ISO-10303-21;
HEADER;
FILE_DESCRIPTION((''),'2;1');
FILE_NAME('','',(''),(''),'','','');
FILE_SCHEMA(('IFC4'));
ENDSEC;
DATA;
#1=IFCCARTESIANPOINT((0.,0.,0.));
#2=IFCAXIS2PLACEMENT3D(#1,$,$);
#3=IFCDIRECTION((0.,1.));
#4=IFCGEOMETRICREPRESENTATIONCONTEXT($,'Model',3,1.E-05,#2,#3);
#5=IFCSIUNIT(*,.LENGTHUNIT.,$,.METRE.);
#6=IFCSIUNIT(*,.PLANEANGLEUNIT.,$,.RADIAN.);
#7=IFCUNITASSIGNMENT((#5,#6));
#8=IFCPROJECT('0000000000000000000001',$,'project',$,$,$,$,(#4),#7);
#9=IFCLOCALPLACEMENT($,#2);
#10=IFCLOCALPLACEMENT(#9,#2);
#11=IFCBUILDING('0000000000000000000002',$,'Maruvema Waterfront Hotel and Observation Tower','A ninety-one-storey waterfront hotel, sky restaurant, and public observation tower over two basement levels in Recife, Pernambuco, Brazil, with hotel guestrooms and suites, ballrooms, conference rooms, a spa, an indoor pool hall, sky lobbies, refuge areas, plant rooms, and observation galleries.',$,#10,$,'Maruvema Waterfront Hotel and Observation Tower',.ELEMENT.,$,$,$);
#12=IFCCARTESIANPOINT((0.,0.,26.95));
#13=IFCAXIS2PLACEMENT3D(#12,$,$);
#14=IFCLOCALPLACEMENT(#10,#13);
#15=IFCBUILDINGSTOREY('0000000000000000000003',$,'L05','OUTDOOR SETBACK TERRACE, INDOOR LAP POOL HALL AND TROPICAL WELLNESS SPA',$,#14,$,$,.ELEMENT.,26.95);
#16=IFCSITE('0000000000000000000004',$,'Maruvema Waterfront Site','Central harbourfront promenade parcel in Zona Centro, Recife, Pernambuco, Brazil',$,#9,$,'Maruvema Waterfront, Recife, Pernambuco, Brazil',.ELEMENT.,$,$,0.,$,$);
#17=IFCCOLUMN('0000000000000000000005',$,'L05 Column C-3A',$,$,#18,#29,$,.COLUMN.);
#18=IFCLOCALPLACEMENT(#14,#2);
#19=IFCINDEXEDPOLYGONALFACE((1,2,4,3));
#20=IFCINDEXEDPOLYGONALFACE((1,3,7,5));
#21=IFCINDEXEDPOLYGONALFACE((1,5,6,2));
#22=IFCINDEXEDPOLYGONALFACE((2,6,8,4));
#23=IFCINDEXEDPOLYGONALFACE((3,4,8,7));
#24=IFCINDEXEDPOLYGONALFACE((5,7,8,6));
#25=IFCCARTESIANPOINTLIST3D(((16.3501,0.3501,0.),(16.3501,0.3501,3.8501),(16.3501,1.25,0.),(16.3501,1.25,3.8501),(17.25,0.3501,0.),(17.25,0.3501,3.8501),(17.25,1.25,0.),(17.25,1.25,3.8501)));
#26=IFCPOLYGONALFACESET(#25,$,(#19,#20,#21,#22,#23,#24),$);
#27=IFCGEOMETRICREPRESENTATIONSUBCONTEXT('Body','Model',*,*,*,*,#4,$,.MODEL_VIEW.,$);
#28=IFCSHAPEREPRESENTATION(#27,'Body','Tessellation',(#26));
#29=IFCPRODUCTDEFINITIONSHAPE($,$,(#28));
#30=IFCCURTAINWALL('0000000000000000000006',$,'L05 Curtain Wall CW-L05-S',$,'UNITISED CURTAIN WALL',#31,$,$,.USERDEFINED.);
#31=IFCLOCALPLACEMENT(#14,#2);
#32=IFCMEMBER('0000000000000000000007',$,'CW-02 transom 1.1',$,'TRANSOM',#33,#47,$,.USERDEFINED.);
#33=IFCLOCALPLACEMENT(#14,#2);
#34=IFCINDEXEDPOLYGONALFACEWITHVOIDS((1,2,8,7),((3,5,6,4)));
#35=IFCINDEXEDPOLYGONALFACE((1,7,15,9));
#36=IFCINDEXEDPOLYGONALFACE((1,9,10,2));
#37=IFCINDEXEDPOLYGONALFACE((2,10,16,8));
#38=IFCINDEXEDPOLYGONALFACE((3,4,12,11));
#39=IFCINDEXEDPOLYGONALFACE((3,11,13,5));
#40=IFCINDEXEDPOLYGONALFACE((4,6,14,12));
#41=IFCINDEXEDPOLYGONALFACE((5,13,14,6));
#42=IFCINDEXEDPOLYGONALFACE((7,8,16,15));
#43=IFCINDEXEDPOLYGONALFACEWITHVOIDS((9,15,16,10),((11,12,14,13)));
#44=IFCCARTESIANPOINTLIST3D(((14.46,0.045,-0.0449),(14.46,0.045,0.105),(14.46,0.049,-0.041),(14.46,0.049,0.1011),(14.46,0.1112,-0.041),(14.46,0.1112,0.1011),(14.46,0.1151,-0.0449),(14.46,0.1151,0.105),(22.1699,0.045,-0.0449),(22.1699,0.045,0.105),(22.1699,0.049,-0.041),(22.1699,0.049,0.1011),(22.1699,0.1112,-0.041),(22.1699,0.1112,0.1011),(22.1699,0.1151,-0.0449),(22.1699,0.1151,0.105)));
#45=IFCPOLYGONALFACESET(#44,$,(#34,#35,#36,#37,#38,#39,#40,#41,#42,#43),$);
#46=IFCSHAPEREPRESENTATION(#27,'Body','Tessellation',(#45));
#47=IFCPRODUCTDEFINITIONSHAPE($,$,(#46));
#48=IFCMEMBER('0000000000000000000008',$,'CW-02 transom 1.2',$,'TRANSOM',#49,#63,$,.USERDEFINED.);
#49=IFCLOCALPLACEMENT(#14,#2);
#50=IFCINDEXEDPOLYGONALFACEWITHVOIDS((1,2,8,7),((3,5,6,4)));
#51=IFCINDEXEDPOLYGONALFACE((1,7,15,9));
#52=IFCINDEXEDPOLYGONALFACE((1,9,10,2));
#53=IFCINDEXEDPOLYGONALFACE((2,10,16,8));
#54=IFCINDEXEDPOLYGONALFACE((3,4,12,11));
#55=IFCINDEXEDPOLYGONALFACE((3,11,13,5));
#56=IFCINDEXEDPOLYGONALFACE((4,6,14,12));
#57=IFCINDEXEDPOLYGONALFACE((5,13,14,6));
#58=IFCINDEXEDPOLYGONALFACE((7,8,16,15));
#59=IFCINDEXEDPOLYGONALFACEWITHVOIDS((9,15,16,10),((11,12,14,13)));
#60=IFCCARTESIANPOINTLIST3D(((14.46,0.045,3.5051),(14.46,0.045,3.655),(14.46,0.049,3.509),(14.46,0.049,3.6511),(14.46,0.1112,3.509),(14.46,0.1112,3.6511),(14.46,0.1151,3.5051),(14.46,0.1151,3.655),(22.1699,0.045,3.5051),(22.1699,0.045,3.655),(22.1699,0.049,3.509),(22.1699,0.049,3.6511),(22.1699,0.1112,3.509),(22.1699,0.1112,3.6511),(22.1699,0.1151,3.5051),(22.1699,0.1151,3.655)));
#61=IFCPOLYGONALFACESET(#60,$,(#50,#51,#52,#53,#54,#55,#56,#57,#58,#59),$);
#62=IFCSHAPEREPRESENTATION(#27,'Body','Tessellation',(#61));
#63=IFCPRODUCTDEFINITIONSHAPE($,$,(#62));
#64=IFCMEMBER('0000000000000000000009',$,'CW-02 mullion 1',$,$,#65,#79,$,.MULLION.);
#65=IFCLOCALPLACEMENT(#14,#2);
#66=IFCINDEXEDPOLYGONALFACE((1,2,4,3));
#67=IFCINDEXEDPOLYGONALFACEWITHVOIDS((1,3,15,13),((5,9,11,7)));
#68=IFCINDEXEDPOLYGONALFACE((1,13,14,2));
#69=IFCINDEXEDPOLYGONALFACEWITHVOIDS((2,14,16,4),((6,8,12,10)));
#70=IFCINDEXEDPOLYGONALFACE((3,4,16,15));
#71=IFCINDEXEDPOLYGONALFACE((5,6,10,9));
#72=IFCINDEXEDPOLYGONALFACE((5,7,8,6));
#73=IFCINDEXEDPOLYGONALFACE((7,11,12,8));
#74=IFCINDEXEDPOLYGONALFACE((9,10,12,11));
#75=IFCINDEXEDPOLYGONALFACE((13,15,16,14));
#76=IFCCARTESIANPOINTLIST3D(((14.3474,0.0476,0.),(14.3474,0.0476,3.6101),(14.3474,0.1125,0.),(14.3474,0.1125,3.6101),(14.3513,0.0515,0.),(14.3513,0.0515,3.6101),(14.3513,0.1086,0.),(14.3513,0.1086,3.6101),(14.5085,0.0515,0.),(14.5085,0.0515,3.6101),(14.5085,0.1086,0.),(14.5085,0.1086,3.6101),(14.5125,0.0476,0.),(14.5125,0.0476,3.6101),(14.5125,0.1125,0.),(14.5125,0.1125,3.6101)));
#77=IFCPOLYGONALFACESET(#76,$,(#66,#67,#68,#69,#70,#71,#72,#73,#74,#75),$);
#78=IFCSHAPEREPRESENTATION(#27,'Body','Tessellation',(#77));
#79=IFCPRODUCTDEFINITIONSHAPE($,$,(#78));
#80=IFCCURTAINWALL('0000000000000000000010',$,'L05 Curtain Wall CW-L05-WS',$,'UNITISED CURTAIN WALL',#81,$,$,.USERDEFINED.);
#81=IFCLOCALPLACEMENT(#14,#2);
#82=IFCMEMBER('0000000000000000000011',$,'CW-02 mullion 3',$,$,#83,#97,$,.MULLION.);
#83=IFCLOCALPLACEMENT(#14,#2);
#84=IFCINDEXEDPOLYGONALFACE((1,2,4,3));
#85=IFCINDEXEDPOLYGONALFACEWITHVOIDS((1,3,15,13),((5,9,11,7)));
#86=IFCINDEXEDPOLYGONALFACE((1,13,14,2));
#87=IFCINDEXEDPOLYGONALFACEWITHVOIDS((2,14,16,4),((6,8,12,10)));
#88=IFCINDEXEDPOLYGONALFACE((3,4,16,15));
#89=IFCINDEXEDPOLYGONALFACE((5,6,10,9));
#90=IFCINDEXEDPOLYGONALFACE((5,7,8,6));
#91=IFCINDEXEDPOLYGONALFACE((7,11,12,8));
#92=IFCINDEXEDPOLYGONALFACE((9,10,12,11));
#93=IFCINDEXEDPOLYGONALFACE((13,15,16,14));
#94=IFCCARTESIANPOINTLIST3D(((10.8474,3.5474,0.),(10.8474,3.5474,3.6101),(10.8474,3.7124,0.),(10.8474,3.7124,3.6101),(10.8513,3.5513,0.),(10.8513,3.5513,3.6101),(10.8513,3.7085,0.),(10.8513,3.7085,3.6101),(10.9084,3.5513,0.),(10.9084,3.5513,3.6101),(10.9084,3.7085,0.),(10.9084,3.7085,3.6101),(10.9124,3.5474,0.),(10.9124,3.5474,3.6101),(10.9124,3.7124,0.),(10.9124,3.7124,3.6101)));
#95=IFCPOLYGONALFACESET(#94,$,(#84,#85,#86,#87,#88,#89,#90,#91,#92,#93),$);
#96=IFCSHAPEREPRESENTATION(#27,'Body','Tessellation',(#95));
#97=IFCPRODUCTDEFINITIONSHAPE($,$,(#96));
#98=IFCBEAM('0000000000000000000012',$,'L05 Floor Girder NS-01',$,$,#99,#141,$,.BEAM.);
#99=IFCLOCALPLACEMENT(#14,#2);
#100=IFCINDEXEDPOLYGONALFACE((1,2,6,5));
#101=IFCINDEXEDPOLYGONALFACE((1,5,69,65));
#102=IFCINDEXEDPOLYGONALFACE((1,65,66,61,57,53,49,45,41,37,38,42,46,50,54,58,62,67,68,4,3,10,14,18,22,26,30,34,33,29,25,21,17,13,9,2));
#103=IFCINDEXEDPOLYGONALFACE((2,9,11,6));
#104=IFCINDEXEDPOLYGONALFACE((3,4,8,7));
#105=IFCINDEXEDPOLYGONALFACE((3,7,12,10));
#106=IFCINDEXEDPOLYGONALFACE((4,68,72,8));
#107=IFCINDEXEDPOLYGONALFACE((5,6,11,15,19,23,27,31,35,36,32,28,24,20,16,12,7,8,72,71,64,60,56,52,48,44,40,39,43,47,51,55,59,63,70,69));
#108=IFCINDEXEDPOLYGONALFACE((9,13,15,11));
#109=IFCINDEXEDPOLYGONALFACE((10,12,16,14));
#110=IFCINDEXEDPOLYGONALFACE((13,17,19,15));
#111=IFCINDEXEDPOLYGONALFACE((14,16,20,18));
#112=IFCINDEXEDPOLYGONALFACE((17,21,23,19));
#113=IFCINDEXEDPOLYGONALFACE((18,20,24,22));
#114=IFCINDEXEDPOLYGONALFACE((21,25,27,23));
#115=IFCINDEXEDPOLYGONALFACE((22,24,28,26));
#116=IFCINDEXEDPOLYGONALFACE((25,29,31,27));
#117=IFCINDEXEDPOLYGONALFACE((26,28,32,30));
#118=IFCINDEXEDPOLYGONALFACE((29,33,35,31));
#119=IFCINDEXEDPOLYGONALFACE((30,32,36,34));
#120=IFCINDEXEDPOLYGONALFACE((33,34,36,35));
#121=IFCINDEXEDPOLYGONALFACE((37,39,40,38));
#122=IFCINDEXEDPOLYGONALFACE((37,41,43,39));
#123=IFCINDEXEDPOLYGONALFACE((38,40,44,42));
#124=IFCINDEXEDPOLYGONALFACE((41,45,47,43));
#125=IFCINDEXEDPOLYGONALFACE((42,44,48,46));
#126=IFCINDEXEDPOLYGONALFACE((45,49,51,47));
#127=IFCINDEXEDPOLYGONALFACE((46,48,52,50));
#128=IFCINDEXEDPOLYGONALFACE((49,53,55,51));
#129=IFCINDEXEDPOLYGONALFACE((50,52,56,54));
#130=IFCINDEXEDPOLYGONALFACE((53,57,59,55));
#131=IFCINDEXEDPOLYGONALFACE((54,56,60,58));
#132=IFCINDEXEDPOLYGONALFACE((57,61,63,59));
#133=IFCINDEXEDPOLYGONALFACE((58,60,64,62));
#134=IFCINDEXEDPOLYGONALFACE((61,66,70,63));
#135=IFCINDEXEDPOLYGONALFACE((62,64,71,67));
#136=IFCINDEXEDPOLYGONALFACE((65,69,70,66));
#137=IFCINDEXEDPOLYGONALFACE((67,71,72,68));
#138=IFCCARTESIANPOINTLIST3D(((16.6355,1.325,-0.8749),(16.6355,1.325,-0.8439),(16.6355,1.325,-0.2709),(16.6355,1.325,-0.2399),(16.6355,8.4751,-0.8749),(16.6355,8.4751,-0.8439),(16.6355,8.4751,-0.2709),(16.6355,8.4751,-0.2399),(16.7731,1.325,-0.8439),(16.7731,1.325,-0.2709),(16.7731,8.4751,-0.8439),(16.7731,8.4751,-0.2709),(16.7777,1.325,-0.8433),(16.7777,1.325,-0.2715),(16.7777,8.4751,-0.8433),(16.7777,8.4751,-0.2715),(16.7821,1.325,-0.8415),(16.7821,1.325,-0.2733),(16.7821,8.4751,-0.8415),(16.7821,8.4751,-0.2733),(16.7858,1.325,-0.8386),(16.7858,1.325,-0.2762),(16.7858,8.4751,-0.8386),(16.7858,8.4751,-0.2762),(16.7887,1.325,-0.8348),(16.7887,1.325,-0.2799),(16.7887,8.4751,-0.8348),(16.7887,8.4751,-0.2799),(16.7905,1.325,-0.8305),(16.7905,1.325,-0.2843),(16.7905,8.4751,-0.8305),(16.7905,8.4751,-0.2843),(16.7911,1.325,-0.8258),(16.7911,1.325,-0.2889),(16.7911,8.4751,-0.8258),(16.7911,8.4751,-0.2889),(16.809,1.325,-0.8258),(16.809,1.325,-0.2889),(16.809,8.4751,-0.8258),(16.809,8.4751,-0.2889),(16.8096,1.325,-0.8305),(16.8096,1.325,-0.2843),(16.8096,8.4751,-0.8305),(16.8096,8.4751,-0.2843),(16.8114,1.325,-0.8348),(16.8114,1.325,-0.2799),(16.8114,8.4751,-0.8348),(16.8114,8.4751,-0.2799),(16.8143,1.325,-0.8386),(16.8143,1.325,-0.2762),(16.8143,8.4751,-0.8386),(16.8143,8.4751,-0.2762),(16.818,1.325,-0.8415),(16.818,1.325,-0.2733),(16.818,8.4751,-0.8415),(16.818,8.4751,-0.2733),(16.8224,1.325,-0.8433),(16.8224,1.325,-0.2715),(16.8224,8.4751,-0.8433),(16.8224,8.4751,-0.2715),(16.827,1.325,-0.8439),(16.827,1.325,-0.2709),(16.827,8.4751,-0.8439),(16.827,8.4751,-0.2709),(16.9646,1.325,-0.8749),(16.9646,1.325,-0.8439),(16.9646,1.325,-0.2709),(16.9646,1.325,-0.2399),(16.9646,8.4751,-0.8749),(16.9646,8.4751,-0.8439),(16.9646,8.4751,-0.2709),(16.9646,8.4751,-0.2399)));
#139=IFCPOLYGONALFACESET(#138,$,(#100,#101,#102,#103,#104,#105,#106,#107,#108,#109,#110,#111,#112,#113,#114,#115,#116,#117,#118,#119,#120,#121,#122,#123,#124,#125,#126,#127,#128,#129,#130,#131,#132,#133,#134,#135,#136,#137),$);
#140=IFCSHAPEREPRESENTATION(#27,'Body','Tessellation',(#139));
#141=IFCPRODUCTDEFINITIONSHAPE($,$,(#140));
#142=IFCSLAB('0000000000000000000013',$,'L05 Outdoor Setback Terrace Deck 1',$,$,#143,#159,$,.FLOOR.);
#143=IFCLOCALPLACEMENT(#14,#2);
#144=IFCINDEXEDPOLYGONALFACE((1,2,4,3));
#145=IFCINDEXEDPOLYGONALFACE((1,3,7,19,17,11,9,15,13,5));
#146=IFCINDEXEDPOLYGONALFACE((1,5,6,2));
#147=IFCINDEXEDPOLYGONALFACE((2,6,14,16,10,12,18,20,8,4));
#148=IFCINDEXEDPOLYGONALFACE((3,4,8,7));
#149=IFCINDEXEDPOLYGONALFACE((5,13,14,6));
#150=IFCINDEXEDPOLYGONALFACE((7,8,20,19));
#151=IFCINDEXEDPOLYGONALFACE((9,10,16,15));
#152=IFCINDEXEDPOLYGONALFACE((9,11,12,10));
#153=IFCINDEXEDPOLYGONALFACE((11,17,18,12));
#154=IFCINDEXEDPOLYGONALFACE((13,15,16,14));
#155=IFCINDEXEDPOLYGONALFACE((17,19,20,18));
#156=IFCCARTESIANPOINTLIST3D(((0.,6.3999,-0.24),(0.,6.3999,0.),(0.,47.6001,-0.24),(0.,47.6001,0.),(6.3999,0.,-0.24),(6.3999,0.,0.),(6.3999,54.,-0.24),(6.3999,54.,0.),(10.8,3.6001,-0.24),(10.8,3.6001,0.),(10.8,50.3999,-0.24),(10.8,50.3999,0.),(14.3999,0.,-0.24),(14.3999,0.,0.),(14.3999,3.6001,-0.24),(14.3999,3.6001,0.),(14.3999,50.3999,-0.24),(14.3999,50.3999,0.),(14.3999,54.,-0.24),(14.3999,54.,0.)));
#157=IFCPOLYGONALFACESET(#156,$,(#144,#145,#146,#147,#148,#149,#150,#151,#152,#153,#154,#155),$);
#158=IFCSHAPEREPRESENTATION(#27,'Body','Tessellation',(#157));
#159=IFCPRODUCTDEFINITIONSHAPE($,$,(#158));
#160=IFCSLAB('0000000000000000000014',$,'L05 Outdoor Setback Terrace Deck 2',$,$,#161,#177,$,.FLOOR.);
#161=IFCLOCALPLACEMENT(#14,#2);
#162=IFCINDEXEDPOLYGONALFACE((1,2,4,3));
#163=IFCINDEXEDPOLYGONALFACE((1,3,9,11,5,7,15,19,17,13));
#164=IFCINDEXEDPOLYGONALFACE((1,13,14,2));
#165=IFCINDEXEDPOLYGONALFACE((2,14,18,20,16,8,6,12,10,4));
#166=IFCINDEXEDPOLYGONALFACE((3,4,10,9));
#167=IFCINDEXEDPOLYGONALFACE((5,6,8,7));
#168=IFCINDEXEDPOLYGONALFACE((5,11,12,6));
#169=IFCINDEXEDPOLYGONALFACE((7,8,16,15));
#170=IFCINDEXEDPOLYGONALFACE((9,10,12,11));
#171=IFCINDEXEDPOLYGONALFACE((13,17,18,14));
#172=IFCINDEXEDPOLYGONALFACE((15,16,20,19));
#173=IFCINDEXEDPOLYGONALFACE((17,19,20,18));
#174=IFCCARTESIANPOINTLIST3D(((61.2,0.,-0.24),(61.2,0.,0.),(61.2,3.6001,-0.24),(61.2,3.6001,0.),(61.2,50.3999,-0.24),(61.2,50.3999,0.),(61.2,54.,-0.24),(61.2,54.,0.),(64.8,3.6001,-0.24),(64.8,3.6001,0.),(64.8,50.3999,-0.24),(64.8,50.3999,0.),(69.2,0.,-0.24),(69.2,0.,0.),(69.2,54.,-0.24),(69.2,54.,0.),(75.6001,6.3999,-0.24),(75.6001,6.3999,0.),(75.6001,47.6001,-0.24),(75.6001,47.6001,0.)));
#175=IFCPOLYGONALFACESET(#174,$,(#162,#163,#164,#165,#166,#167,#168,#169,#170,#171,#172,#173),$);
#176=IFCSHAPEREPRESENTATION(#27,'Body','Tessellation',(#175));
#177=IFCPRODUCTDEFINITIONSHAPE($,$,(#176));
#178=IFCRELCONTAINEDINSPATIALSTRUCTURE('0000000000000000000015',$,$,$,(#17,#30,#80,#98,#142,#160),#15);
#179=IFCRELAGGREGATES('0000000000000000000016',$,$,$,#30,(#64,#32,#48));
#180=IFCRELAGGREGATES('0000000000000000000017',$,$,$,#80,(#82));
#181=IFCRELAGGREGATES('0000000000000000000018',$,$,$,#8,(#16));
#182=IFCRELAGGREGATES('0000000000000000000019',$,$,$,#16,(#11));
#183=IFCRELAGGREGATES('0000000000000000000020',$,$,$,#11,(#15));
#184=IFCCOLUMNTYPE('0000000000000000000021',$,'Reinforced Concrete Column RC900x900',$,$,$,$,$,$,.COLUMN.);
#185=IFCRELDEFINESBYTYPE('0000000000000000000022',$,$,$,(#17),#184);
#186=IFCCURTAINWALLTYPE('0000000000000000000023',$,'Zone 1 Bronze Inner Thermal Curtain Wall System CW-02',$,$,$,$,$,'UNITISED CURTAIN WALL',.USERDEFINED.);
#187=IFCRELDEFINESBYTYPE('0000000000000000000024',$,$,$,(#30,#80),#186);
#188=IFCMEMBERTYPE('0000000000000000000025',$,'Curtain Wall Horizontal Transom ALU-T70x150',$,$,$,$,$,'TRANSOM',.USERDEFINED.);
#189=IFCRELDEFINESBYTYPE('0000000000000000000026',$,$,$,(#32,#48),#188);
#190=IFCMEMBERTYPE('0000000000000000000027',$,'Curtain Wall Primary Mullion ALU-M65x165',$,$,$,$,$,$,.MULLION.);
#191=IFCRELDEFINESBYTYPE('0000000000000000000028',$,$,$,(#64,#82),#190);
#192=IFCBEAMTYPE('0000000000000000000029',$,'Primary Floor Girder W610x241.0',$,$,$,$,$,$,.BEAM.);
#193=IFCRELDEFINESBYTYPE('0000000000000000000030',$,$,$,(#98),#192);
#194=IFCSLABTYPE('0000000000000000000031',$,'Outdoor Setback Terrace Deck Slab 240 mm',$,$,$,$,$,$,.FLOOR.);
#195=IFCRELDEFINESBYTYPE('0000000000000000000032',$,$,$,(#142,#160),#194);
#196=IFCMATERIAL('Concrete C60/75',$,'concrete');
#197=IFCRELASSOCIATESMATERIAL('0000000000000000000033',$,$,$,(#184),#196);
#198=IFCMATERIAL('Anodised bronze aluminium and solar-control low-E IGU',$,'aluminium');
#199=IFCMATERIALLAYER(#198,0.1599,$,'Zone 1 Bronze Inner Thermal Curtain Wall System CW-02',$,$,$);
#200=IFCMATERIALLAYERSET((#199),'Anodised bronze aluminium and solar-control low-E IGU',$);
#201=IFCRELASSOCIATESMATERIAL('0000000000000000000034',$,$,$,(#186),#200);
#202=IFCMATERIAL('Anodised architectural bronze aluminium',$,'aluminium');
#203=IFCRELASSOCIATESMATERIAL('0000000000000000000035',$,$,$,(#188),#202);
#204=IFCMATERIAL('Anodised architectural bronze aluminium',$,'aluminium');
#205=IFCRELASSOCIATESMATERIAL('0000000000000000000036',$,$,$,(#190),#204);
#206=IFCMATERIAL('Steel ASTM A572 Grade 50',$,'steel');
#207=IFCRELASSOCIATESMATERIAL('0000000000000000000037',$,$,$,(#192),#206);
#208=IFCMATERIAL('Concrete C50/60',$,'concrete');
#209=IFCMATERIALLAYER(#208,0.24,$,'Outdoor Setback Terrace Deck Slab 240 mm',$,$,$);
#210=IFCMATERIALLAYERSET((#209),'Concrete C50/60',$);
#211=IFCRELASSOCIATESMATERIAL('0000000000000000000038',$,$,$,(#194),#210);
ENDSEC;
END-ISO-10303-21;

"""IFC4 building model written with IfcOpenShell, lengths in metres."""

from ifc_helpers import new_model, si_unit, direction, frame, origin, origin_2d, place, context, subcontext, project, spatial, polyline, rectangle, hollow_rectangle, i_section, outline, extrude, material, layer, layer_set, material_profile, profile_set, type_object, element, aggregate, save


model = new_model("IFC4")

# Units and contexts
model_context = context("Model", 3, precision=1e-05, world=origin(), true_north=direction((0.0, 1.0)))
body_context = subcontext(model_context, "Body", "Model", "MODEL_VIEW")
ifc_project = project(units=[si_unit("LENGTHUNIT", "METRE"), si_unit("PLANEANGLEUNIT", "RADIAN")], contexts=[model_context])

# Site, building, storey
site_placement = place(None, origin())
site = spatial("IfcSite", under=ifc_project, at=site_placement, Name="Maruvema Waterfront Site", Description="Central harbourfront promenade parcel in Zona Centro, Recife, Pernambuco, Brazil", LongName="Maruvema Waterfront, Recife, Pernambuco, Brazil", CompositionType="ELEMENT", RefElevation=0.0)
building_placement = place(site_placement, origin())
building = spatial("IfcBuilding", under=site, at=building_placement, Name="Maruvema Waterfront Hotel and Observation Tower", Description="A ninety-one-storey waterfront hotel, sky restaurant, and public observation tower over two basement levels in Recife, Pernambuco, Brazil, with hotel guestrooms and suites, ballrooms, conference rooms, a spa, an indoor pool hall, sky lobbies, refuge areas, plant rooms, and observation galleries.", LongName="Maruvema Waterfront Hotel and Observation Tower", CompositionType="ELEMENT")
storey_placement = place(building_placement, frame((0.0, 0.0, 26.95)))
storey = spatial("IfcBuildingStorey", under=building, at=storey_placement, Name="L05", Description="OUTDOOR SETBACK TERRACE, INDOOR LAP POOL HALL AND TROPICAL WELLNESS SPA", CompositionType="ELEMENT", Elevation=26.95)

# Column
ifc_material_1 = material(Name="Concrete C60/75", Category="concrete")
ifc_material_profile_1 = material_profile(ifc_material_1, rectangle(XDim=0.8999, YDim=0.8999, at=origin_2d()), Name="RC900x900")
ifc_profile_set_1 = profile_set([ifc_material_profile_1], Name="Concrete C60/75")
column_type = type_object("IfcColumnType", Name="Reinforced Concrete Column RC900x900", PredefinedType="COLUMN", material=ifc_profile_set_1)
column_placement = place(storey_placement, frame((16.8, 0.8, 0.0), z_axis=(0.0, 0.0, 1.0), x_axis=(1.0, 0.0, 0.0)))
element("IfcColumn", 1, at=column_placement, inside=storey, type_object=column_type, Name="L05 Column C-3A", PredefinedType="COLUMN", context=body_context, shape_type="SweptSolid", body=[
    extrude(rectangle(XDim=0.8999, YDim=0.8999, at=origin_2d()), origin(), (0.0, 0.0, 1.0), 3.8501),
])

# Curtain wall, members
ifc_material_2 = material(Name="Anodised bronze aluminium and solar-control low-E IGU", Category="aluminium")
ifc_layer_1 = layer(ifc_material_2, 0.1599, Name="Zone 1 Bronze Inner Thermal Curtain Wall System CW-02")
ifc_layer_set_1 = layer_set([ifc_layer_1], Name="Anodised bronze aluminium and solar-control low-E IGU")
curtain_wall_type = type_object("IfcCurtainWallType", Name="Zone 1 Bronze Inner Thermal Curtain Wall System CW-02", ElementType="UNITISED CURTAIN WALL", PredefinedType="USERDEFINED", material=ifc_layer_set_1)
curtain_wall_1_placement = place(storey_placement, origin())
curtain_wall_1 = element("IfcCurtainWall", 2, at=curtain_wall_1_placement, inside=storey, type_object=curtain_wall_type, Name="L05 Curtain Wall CW-L05-S", ObjectType="UNITISED CURTAIN WALL", PredefinedType="USERDEFINED")
ifc_material_3 = material(Name="Anodised architectural bronze aluminium", Category="aluminium")
ifc_material_profile_2 = material_profile(ifc_material_3, hollow_rectangle(XDim=0.0701, YDim=0.1499, WallThickness=0.0039, at=origin_2d()), Name="ALU-T70x150")
ifc_profile_set_2 = profile_set([ifc_material_profile_2], Name="Anodised architectural bronze aluminium")
member_type_1 = type_object("IfcMemberType", Name="Curtain Wall Horizontal Transom ALU-T70x150", ElementType="TRANSOM", PredefinedType="USERDEFINED", material=ifc_profile_set_2)
member_1_placement = place(storey_placement, frame((14.46, 0.0801, 0.03), z_axis=(1.0, 0.0, 0.0), x_axis=(0.0, 1.0, 0.0)))
member_1 = element("IfcMember", 3, at=member_1_placement, type_object=member_type_1, Name="CW-02 transom 1.1", ObjectType="TRANSOM", PredefinedType="USERDEFINED", context=body_context, shape_type="SweptSolid", body=[
    extrude(hollow_rectangle(XDim=0.0701, YDim=0.1499, WallThickness=0.0039, at=origin_2d()), origin(), (0.0, 0.0, 1.0), 7.71),
])
member_2_placement = place(storey_placement, frame((14.46, 0.0801, 3.5801), z_axis=(1.0, 0.0, 0.0), x_axis=(0.0, 1.0, 0.0)))
member_2 = element("IfcMember", 4, at=member_2_placement, type_object=member_type_1, Name="CW-02 transom 1.2", ObjectType="TRANSOM", PredefinedType="USERDEFINED", context=body_context, shape_type="SweptSolid", body=[
    extrude(hollow_rectangle(XDim=0.0701, YDim=0.1499, WallThickness=0.0039, at=origin_2d()), origin(), (0.0, 0.0, 1.0), 7.71),
])
ifc_material_4 = material(Name="Anodised architectural bronze aluminium", Category="aluminium")
ifc_material_profile_3 = material_profile(ifc_material_4, hollow_rectangle(XDim=0.0649, YDim=0.165, WallThickness=0.0039, at=origin_2d()), Name="ALU-M65x165")
ifc_profile_set_3 = profile_set([ifc_material_profile_3], Name="Anodised architectural bronze aluminium")
member_type_2 = type_object("IfcMemberType", Name="Curtain Wall Primary Mullion ALU-M65x165", PredefinedType="MULLION", material=ifc_profile_set_3)
member_3_placement = place(storey_placement, frame((14.4299, 0.0801, 0.0), z_axis=(0.0, 0.0, 1.0), x_axis=(0.0, 1.0, 0.0)))
member_3 = element("IfcMember", 5, at=member_3_placement, type_object=member_type_2, Name="CW-02 mullion 1", PredefinedType="MULLION", context=body_context, shape_type="SweptSolid", body=[
    extrude(hollow_rectangle(XDim=0.0649, YDim=0.165, WallThickness=0.0039, at=origin_2d()), origin(), (0.0, 0.0, 1.0), 3.6101),
])
aggregate(curtain_wall_1, [member_3, member_1, member_2])

# Curtain wall, member
curtain_wall_2_placement = place(storey_placement, origin())
curtain_wall_2 = element("IfcCurtainWall", 6, at=curtain_wall_2_placement, inside=storey, type_object=curtain_wall_type, Name="L05 Curtain Wall CW-L05-WS", ObjectType="UNITISED CURTAIN WALL", PredefinedType="USERDEFINED")
member_4_placement = place(storey_placement, frame((10.8799, 3.6299, 0.0), z_axis=(0.0, 0.0, 1.0), x_axis=(1.0, 0.0, 0.0)))
member_4 = element("IfcMember", 7, at=member_4_placement, type_object=member_type_2, Name="CW-02 mullion 3", PredefinedType="MULLION", context=body_context, shape_type="SweptSolid", body=[
    extrude(hollow_rectangle(XDim=0.0649, YDim=0.165, WallThickness=0.0039, at=origin_2d()), origin(), (0.0, 0.0, 1.0), 3.6101),
])
aggregate(curtain_wall_2, [member_4])

# Beam
ifc_material_5 = material(Name="Steel ASTM A572 Grade 50", Category="steel")
ifc_material_profile_4 = material_profile(ifc_material_5, i_section(OverallWidth=0.3291, OverallDepth=0.635, WebThickness=0.0178, FlangeThickness=0.031, FilletRadius=0.0181, at=origin_2d()), Name="W610x241.0")
ifc_profile_set_4 = profile_set([ifc_material_profile_4], Name="Steel ASTM A572 Grade 50")
beam_type = type_object("IfcBeamType", Name="Primary Floor Girder W610x241.0", PredefinedType="BEAM", material=ifc_profile_set_4)
beam_placement = place(storey_placement, frame((16.8, 1.325, -0.5574), z_axis=(0.0, 1.0, 0.0), x_axis=(-1.0, 0.0, 0.0)))
element("IfcBeam", 8, at=beam_placement, inside=storey, type_object=beam_type, Name="L05 Floor Girder NS-01", PredefinedType="BEAM", context=body_context, shape_type="SweptSolid", body=[
    extrude(i_section(OverallWidth=0.3291, OverallDepth=0.635, WebThickness=0.0178, FlangeThickness=0.031, FilletRadius=0.0181, at=origin_2d()), origin(), (0.0, 0.0, 1.0), 7.1501),
])

# Slabs
ifc_material_6 = material(Name="Concrete C50/60", Category="concrete")
ifc_layer_2 = layer(ifc_material_6, 0.24, Name="Outdoor Setback Terrace Deck Slab 240 mm")
ifc_layer_set_2 = layer_set([ifc_layer_2], Name="Concrete C50/60")
slab_type_1 = type_object("IfcSlabType", Name="Outdoor Setback Terrace Deck Slab 240 mm", PredefinedType="FLOOR", material=ifc_layer_set_2)
slab_1_placement = place(storey_placement, frame((0.0, 0.0, -0.24)))
element("IfcSlab", 9, at=slab_1_placement, inside=storey, type_object=slab_type_1, Name="L05 Outdoor Setback Terrace Deck 1", PredefinedType="FLOOR", context=body_context, shape_type="SweptSolid", body=[
    extrude(outline(polyline([(6.3999, 0.0), (0.0, 6.3999), (0.0, 47.6001), (6.3999, 54.0), (14.3999, 54.0), (14.3999, 50.3999), (10.8, 50.3999), (10.8, 3.6001), (14.3999, 3.6001), (14.3999, 0.0), (6.3999, 0.0)])), origin(), (0.0, 0.0, 1.0), 0.24),
])
slab_2_placement = place(storey_placement, frame((0.0, 0.0, -0.24)))
element("IfcSlab", 10, at=slab_2_placement, inside=storey, type_object=slab_type_1, Name="L05 Outdoor Setback Terrace Deck 2", PredefinedType="FLOOR", context=body_context, shape_type="SweptSolid", body=[
    extrude(outline(polyline([(69.2, 54.0), (75.6001, 47.6001), (75.6001, 6.3999), (69.2, 0.0), (61.2, 0.0), (61.2, 3.6001), (64.8, 3.6001), (64.8, 50.3999), (61.2, 50.3999), (61.2, 54.0), (69.2, 54.0)])), origin(), (0.0, 0.0, 1.0), 0.24),
])

save(model, "model.ifc")
